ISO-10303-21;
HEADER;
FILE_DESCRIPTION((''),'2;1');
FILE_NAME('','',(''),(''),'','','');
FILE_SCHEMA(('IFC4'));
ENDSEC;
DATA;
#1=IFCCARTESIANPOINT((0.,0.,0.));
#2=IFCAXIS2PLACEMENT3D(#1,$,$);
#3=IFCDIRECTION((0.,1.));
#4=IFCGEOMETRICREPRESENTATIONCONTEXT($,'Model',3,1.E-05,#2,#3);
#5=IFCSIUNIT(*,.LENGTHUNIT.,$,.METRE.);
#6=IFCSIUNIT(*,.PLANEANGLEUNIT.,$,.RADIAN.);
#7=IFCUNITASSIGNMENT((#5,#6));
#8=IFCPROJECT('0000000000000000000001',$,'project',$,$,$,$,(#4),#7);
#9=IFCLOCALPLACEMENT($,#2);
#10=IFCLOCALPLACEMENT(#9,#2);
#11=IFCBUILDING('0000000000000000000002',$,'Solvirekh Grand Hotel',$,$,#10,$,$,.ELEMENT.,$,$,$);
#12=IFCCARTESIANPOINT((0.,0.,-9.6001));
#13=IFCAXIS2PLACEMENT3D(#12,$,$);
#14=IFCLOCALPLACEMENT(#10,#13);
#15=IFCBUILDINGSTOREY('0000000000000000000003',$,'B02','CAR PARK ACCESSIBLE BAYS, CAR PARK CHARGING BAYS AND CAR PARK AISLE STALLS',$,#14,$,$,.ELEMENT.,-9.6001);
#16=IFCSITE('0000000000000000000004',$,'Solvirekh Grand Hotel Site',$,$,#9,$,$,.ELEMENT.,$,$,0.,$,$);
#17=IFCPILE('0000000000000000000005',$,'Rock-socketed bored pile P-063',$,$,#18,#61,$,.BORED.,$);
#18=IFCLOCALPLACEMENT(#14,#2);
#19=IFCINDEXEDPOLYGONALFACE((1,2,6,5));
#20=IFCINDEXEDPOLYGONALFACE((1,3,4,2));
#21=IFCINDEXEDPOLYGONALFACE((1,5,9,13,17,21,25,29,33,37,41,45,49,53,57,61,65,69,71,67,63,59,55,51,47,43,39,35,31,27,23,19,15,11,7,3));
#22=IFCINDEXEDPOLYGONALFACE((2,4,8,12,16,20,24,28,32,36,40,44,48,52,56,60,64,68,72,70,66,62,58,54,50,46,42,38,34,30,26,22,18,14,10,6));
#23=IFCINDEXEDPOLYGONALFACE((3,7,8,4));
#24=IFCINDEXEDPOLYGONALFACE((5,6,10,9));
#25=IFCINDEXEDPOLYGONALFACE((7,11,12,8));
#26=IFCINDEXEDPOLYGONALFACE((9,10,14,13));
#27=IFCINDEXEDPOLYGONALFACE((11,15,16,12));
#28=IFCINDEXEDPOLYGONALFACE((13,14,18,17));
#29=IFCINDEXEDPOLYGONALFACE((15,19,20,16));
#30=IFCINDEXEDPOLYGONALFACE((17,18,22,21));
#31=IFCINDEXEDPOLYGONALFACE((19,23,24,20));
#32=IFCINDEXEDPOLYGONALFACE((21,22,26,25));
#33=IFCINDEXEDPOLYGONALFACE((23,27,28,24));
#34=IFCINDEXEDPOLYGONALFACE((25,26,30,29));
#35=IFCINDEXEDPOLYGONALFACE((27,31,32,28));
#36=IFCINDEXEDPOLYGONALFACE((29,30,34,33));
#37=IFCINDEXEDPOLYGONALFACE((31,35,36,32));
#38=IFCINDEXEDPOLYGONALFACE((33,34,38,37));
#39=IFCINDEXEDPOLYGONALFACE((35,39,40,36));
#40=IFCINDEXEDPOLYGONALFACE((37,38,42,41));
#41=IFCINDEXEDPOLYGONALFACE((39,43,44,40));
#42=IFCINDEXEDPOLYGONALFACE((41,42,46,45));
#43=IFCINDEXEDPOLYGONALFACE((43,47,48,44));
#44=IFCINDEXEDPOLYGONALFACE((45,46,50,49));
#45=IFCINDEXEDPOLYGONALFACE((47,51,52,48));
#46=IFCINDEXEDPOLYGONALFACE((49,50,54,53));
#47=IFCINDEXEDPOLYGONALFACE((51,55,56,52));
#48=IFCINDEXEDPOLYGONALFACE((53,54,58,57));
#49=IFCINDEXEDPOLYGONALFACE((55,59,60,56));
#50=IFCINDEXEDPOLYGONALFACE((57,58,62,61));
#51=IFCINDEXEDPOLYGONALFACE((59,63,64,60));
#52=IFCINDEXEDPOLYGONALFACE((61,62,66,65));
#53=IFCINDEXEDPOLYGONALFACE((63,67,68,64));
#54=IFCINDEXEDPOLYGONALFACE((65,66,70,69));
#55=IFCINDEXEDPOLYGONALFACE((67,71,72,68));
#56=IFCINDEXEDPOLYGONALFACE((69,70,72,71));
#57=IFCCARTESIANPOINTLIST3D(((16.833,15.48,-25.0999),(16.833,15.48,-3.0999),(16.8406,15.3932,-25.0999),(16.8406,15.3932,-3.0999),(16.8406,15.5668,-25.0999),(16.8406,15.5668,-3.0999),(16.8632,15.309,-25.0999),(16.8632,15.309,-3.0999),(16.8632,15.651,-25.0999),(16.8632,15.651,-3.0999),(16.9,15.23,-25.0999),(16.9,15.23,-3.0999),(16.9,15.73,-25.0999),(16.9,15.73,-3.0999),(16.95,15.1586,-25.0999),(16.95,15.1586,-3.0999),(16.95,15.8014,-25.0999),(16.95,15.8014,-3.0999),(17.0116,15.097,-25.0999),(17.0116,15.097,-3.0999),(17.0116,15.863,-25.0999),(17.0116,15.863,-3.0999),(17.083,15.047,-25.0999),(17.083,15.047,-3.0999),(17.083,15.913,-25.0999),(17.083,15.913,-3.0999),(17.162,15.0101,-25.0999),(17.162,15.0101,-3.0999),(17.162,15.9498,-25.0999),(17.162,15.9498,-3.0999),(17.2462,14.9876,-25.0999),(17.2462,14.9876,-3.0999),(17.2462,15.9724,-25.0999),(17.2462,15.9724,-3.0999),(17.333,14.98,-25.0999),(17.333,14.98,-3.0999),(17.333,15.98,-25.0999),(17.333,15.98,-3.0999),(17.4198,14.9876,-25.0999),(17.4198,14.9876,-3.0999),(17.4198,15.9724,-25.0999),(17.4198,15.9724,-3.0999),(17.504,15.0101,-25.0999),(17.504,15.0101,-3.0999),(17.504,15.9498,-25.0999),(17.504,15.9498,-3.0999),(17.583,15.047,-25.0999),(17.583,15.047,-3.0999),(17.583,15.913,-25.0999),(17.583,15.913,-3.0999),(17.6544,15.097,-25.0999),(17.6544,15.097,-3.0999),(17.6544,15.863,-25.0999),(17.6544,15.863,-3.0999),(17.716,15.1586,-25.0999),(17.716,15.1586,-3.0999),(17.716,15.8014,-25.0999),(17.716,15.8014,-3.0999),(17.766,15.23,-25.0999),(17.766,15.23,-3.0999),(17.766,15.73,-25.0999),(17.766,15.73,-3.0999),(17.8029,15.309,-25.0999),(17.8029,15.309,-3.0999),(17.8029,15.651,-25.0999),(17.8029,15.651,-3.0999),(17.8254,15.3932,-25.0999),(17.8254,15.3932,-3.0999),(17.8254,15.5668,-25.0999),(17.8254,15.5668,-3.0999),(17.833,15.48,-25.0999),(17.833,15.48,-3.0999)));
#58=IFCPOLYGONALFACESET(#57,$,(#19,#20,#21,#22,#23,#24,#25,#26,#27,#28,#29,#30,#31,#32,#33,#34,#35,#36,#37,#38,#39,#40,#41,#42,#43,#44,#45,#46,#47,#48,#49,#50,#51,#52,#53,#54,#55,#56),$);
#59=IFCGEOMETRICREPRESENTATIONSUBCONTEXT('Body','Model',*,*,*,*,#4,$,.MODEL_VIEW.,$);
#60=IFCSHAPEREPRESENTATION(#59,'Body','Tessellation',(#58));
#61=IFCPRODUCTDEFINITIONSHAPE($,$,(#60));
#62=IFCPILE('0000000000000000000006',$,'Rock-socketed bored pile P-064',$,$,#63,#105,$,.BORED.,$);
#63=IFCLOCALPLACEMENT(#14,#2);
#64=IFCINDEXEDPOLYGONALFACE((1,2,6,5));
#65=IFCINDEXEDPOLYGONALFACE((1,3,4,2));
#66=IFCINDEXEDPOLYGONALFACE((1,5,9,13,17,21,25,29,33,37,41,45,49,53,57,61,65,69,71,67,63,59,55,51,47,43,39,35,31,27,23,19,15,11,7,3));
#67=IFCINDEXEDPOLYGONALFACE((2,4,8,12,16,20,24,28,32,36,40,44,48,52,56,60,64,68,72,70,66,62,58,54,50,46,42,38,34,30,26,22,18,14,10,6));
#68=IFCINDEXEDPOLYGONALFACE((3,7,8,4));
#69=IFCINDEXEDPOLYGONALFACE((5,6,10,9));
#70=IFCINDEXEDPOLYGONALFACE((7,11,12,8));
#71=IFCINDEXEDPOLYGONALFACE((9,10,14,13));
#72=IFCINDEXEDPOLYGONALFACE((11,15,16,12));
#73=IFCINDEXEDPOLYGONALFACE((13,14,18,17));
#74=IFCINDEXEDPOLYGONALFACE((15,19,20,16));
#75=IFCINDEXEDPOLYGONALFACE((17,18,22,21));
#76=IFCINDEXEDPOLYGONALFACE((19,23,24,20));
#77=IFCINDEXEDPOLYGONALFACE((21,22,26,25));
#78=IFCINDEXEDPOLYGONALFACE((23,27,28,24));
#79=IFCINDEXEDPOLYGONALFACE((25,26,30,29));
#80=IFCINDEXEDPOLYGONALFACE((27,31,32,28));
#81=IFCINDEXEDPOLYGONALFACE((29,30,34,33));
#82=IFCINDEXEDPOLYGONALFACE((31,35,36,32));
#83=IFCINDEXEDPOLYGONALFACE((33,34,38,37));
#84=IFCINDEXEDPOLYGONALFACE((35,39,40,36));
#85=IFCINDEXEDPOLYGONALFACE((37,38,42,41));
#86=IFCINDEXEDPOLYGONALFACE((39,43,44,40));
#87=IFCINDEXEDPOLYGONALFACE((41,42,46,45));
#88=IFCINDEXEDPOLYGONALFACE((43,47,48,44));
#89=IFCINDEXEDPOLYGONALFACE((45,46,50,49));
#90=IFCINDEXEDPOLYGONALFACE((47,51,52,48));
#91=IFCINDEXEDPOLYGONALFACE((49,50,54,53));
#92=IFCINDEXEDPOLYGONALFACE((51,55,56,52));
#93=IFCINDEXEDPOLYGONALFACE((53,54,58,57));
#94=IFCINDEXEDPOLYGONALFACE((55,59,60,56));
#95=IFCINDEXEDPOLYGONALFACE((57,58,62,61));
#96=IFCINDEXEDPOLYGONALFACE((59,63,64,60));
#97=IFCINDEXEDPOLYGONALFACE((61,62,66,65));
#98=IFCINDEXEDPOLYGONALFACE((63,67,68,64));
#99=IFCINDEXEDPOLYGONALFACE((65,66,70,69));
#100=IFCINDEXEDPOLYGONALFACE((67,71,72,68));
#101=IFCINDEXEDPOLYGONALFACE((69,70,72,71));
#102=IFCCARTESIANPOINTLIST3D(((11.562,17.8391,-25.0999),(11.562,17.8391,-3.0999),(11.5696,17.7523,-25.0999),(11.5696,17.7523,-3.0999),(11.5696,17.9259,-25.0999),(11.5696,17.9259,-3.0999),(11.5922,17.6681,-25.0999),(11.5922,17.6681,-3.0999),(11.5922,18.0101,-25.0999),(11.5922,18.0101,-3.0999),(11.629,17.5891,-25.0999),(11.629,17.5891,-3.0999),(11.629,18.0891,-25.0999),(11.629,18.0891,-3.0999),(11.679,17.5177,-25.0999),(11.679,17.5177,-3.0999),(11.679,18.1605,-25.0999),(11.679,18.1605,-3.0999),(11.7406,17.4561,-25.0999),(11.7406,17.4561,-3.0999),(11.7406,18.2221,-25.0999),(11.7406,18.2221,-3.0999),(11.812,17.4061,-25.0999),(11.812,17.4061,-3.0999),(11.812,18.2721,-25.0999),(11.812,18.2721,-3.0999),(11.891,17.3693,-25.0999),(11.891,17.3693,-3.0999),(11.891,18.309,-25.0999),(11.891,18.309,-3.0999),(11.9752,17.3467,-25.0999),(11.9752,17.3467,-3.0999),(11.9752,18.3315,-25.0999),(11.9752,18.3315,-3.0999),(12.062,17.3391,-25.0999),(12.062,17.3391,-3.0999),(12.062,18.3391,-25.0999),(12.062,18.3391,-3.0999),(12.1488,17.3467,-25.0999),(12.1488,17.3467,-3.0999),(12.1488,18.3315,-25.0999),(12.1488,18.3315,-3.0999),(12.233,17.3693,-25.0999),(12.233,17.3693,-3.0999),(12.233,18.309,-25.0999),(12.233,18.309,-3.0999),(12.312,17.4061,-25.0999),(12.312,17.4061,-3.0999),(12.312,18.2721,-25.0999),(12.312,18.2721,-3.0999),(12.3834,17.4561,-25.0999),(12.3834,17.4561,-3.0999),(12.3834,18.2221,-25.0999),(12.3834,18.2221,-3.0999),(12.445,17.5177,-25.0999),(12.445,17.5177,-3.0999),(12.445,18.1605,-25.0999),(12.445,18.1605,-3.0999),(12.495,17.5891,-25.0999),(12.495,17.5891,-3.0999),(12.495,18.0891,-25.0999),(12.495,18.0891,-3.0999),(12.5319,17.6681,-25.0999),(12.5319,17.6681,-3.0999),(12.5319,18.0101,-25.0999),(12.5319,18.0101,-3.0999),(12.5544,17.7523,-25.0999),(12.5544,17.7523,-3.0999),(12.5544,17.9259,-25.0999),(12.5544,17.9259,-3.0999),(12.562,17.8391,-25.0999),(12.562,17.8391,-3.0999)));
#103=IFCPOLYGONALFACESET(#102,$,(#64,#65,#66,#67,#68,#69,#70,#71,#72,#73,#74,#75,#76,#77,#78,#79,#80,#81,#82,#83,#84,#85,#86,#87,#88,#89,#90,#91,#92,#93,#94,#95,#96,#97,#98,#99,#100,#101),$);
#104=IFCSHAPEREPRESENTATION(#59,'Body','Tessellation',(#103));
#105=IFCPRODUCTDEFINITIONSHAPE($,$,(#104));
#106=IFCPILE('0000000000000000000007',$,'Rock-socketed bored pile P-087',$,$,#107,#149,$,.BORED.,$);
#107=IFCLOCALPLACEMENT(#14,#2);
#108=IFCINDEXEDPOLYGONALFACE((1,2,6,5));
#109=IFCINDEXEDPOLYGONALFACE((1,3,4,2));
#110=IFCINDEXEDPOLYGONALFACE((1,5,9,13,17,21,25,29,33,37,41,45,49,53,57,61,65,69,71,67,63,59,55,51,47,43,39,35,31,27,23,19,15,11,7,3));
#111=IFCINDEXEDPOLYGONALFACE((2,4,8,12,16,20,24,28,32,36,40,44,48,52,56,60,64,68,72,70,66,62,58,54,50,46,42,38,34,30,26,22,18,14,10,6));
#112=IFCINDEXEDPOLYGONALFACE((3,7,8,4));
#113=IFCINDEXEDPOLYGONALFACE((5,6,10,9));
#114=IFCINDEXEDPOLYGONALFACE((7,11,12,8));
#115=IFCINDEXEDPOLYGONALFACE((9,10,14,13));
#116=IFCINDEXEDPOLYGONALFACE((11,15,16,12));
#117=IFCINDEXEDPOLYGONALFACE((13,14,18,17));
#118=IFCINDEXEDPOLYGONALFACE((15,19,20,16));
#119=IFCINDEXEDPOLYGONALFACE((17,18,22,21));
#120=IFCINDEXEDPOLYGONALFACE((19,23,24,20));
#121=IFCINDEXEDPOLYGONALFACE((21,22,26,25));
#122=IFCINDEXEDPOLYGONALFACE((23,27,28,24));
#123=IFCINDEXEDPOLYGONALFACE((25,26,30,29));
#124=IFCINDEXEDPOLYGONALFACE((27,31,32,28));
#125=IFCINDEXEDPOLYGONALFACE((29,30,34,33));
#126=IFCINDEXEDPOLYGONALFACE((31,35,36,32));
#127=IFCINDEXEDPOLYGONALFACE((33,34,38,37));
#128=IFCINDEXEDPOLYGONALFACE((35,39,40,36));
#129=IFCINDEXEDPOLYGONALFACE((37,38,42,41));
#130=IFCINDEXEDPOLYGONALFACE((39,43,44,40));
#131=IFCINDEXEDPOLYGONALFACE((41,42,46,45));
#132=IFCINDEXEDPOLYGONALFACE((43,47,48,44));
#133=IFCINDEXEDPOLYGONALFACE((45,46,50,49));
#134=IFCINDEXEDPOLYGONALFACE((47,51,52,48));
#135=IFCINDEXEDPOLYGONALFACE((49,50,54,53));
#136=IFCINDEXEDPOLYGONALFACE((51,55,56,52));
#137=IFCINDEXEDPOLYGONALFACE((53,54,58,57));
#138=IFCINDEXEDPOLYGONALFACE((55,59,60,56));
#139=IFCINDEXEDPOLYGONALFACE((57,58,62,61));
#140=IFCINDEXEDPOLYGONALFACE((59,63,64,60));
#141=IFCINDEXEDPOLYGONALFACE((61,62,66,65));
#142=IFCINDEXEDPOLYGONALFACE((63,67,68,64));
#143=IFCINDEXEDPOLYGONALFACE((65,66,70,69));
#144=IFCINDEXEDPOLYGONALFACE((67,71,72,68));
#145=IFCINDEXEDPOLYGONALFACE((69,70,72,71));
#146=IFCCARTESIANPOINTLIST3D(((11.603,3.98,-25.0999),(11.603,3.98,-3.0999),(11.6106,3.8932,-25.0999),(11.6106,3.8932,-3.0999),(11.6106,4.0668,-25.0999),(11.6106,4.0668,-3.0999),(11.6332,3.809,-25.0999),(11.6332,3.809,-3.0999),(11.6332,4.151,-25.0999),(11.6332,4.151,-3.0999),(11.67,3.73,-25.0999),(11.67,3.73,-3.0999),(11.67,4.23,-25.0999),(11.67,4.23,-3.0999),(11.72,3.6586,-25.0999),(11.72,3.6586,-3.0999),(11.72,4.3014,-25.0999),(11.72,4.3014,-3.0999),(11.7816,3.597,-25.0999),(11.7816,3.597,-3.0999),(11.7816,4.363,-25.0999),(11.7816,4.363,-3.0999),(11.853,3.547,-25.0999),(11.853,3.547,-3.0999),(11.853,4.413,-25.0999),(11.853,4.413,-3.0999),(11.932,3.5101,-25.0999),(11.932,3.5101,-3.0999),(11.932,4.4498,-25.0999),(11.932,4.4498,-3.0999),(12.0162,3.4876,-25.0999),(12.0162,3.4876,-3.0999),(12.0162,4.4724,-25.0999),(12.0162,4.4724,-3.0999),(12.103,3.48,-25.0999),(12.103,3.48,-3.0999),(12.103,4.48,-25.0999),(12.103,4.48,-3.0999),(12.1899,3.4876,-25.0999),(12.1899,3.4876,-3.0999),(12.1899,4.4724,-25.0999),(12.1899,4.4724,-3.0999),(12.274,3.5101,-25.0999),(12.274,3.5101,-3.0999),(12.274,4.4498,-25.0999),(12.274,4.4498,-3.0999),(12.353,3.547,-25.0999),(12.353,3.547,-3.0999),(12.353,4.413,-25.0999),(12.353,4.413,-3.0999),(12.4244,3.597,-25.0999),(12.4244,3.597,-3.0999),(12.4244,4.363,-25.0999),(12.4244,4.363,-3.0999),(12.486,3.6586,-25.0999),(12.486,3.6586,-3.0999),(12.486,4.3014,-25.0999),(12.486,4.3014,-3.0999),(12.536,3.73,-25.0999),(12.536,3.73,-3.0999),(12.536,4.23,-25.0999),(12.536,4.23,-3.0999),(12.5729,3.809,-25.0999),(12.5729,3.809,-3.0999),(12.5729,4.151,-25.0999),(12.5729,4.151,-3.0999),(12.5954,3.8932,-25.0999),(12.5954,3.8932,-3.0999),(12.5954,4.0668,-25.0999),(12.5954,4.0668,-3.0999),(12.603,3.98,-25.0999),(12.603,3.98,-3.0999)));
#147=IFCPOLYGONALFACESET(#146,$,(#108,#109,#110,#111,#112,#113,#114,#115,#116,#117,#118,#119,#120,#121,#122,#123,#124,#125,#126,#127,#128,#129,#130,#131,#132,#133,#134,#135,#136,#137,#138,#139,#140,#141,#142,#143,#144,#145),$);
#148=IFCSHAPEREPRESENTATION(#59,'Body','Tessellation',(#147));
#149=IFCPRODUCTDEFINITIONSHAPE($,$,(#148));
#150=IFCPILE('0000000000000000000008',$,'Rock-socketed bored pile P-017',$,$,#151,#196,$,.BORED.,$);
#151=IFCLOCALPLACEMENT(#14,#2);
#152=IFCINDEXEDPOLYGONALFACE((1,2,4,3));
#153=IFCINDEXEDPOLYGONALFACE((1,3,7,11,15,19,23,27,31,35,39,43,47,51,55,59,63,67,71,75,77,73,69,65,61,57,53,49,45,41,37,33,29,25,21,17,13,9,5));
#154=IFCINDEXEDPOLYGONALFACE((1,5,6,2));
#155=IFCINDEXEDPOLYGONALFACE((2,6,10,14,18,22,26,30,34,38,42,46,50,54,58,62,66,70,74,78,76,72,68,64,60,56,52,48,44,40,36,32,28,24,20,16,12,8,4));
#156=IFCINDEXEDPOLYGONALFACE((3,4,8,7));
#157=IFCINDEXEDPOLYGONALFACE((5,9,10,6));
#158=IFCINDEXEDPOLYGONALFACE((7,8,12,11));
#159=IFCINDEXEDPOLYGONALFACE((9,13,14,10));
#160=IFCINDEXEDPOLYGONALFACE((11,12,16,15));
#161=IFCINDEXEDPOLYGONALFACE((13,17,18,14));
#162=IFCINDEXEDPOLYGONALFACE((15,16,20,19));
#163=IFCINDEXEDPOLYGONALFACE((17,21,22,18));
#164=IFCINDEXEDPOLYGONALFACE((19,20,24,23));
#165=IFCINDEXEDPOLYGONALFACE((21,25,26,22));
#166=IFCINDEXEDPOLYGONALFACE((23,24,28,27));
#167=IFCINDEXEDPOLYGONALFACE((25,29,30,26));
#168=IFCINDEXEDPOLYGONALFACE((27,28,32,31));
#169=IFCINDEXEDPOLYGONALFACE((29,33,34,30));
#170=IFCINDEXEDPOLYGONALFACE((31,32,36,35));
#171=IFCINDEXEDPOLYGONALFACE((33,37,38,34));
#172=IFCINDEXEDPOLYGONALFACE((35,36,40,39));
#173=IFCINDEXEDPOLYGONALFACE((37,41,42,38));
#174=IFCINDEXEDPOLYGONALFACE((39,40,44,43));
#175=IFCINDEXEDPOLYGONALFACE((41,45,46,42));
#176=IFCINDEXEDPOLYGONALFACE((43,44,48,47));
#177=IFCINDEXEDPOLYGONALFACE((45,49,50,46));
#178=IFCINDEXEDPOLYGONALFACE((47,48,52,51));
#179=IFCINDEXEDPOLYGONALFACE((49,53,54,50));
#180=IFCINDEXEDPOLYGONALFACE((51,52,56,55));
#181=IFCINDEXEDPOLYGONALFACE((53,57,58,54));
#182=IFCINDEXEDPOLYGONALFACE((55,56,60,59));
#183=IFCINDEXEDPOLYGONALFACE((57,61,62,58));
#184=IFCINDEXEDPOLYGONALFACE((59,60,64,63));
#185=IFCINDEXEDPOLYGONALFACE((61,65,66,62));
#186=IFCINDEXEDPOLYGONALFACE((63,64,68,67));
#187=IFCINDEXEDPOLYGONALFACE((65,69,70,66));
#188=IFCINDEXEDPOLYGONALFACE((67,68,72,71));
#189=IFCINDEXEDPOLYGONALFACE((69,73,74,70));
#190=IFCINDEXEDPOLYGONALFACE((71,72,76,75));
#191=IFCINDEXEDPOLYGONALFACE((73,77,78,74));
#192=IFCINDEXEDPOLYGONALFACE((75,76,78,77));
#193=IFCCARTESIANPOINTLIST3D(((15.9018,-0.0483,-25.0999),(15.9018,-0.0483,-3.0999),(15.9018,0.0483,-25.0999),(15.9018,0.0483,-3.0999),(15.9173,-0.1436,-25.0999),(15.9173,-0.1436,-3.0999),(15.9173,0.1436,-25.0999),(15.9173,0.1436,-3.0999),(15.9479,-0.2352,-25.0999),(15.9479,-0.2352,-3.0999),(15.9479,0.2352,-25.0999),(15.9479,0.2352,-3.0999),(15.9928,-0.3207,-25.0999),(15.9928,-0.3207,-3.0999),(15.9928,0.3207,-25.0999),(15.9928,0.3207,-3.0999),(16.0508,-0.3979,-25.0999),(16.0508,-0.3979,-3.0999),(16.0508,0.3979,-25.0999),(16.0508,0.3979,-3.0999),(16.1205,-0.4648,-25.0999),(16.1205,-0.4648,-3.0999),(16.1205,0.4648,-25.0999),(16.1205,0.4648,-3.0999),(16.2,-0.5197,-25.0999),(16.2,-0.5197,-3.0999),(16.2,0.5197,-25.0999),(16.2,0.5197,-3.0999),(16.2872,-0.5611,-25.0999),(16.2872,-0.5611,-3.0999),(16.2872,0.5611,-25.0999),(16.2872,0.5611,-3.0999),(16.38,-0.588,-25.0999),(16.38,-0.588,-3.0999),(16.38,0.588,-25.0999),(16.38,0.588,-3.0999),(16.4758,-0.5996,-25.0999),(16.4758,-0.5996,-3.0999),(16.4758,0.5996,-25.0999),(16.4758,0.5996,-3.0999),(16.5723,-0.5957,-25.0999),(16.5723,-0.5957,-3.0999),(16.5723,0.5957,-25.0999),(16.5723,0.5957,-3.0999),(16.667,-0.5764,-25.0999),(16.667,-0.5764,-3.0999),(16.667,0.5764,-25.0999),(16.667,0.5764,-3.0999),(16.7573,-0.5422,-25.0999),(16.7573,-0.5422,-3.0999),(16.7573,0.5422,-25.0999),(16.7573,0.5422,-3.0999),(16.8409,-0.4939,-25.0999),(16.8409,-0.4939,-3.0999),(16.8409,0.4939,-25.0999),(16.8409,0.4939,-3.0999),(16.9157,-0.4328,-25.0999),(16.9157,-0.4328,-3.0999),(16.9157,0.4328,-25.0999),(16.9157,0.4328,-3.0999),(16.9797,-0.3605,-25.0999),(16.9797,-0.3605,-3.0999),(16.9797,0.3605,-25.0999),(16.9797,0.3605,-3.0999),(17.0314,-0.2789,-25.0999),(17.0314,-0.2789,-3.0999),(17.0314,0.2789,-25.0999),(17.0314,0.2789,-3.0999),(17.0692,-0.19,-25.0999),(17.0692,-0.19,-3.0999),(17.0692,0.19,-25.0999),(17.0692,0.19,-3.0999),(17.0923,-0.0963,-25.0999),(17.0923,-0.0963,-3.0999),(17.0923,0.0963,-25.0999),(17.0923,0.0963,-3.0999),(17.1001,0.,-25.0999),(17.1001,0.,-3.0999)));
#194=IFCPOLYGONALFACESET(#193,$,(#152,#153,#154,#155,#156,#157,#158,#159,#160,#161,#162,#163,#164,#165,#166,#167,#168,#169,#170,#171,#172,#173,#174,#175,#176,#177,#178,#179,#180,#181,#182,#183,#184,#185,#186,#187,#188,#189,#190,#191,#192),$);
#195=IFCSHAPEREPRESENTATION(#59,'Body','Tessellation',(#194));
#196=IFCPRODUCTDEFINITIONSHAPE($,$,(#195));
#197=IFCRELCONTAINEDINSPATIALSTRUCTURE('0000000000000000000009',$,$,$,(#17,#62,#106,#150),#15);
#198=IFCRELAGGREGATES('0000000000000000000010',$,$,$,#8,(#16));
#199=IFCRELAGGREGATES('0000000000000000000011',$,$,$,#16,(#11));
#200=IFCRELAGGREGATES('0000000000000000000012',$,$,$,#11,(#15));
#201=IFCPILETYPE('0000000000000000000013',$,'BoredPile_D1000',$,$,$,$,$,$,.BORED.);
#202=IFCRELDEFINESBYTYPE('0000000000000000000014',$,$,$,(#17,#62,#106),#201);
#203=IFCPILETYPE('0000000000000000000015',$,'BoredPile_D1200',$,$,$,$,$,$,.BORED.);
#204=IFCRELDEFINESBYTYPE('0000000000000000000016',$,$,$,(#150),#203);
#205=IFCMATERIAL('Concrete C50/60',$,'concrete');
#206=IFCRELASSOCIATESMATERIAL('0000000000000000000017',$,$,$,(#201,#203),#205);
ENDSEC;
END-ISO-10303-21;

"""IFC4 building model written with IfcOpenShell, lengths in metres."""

from ifc_helpers import new_model, si_unit, direction, frame, origin, origin_2d, place, context, subcontext, project, spatial, circle, extrude, material, material_profile, profile_set, type_object, element, save


model = new_model("IFC4")

# Units and contexts
model_context = context("Model", 3, precision=1e-05, world=origin(), true_north=direction((0.0, 1.0)))
body_context = subcontext(model_context, "Body", "Model", "MODEL_VIEW")
ifc_project = project(units=[si_unit("LENGTHUNIT", "METRE"), si_unit("PLANEANGLEUNIT", "RADIAN")], contexts=[model_context])

# Site, building, storey
site_placement = place(None, origin())
site = spatial("IfcSite", under=ifc_project, at=site_placement, Name="Solvirekh Grand Hotel Site", CompositionType="ELEMENT", RefElevation=0.0)
building_placement = place(site_placement, origin())
building = spatial("IfcBuilding", under=site, at=building_placement, Name="Solvirekh Grand Hotel", CompositionType="ELEMENT")
storey_placement = place(building_placement, frame((0.0, 0.0, -9.6001)))
storey = spatial("IfcBuildingStorey", under=building, at=storey_placement, Name="B02", Description="CAR PARK ACCESSIBLE BAYS, CAR PARK CHARGING BAYS AND CAR PARK AISLE STALLS", CompositionType="ELEMENT", Elevation=-9.6001)

# Piles
ifc_material_1 = material(Name="Concrete C50/60", Category="concrete")
ifc_material_profile_1 = material_profile(ifc_material_1, circle(Radius=0.5, at=origin_2d()), Name="BORED PILE D1000")
ifc_profile_set_1 = profile_set([ifc_material_profile_1], Name="Concrete C50/60")
pile_type_1 = type_object("IfcPileType", Name="BoredPile_D1000", PredefinedType="BORED", material=ifc_profile_set_1)
for number, where, z_axis, x_axis, name in (
    (1, (17.333, 15.48, -3.0999), (0.0, 0.0, -1.0), (1.0, 0.0, 0.0), "Rock-socketed bored pile P-063"),
    (2, (12.062, 17.8391, -3.0999), (0.0, 0.0, -1.0), (1.0, 0.0, 0.0), "Rock-socketed bored pile P-064"),
    (3, (12.103, 3.98, -3.0999), (0.0, 0.0, -1.0), (1.0, 0.0, 0.0), "Rock-socketed bored pile P-087"),
):
    element("IfcPile", number, at=place(storey_placement, frame(where, z_axis=z_axis, x_axis=x_axis)), inside=storey, type_object=pile_type_1, Name=name, PredefinedType="BORED", context=body_context, shape_type="SweptSolid", body=[
        extrude(circle(Radius=0.5, at=origin_2d()), origin(), (0.0, 0.0, 1.0), 22.0),
    ])
ifc_material_profile_2 = material_profile(ifc_material_1, circle(Radius=0.6001, at=origin_2d()), Name="BORED PILE D1200")
ifc_profile_set_2 = profile_set([ifc_material_profile_2], Name="Concrete C50/60")
pile_type_2 = type_object("IfcPileType", Name="BoredPile_D1200", PredefinedType="BORED", material=ifc_profile_set_2)
for number, where, z_axis, x_axis, name in (
    (4, (16.5, 0.0, -3.0999), (0.0, 0.0, -1.0), (1.0, 0.0, 0.0), "Rock-socketed bored pile P-017"),
):
    element("IfcPile", number, at=place(storey_placement, frame(where, z_axis=z_axis, x_axis=x_axis)), inside=storey, type_object=pile_type_2, Name=name, PredefinedType="BORED", context=body_context, shape_type="SweptSolid", body=[
        extrude(circle(Radius=0.6001, at=origin_2d()), origin(), (0.0, 0.0, 1.0), 22.0),
    ])

save(model, "model.ifc")
